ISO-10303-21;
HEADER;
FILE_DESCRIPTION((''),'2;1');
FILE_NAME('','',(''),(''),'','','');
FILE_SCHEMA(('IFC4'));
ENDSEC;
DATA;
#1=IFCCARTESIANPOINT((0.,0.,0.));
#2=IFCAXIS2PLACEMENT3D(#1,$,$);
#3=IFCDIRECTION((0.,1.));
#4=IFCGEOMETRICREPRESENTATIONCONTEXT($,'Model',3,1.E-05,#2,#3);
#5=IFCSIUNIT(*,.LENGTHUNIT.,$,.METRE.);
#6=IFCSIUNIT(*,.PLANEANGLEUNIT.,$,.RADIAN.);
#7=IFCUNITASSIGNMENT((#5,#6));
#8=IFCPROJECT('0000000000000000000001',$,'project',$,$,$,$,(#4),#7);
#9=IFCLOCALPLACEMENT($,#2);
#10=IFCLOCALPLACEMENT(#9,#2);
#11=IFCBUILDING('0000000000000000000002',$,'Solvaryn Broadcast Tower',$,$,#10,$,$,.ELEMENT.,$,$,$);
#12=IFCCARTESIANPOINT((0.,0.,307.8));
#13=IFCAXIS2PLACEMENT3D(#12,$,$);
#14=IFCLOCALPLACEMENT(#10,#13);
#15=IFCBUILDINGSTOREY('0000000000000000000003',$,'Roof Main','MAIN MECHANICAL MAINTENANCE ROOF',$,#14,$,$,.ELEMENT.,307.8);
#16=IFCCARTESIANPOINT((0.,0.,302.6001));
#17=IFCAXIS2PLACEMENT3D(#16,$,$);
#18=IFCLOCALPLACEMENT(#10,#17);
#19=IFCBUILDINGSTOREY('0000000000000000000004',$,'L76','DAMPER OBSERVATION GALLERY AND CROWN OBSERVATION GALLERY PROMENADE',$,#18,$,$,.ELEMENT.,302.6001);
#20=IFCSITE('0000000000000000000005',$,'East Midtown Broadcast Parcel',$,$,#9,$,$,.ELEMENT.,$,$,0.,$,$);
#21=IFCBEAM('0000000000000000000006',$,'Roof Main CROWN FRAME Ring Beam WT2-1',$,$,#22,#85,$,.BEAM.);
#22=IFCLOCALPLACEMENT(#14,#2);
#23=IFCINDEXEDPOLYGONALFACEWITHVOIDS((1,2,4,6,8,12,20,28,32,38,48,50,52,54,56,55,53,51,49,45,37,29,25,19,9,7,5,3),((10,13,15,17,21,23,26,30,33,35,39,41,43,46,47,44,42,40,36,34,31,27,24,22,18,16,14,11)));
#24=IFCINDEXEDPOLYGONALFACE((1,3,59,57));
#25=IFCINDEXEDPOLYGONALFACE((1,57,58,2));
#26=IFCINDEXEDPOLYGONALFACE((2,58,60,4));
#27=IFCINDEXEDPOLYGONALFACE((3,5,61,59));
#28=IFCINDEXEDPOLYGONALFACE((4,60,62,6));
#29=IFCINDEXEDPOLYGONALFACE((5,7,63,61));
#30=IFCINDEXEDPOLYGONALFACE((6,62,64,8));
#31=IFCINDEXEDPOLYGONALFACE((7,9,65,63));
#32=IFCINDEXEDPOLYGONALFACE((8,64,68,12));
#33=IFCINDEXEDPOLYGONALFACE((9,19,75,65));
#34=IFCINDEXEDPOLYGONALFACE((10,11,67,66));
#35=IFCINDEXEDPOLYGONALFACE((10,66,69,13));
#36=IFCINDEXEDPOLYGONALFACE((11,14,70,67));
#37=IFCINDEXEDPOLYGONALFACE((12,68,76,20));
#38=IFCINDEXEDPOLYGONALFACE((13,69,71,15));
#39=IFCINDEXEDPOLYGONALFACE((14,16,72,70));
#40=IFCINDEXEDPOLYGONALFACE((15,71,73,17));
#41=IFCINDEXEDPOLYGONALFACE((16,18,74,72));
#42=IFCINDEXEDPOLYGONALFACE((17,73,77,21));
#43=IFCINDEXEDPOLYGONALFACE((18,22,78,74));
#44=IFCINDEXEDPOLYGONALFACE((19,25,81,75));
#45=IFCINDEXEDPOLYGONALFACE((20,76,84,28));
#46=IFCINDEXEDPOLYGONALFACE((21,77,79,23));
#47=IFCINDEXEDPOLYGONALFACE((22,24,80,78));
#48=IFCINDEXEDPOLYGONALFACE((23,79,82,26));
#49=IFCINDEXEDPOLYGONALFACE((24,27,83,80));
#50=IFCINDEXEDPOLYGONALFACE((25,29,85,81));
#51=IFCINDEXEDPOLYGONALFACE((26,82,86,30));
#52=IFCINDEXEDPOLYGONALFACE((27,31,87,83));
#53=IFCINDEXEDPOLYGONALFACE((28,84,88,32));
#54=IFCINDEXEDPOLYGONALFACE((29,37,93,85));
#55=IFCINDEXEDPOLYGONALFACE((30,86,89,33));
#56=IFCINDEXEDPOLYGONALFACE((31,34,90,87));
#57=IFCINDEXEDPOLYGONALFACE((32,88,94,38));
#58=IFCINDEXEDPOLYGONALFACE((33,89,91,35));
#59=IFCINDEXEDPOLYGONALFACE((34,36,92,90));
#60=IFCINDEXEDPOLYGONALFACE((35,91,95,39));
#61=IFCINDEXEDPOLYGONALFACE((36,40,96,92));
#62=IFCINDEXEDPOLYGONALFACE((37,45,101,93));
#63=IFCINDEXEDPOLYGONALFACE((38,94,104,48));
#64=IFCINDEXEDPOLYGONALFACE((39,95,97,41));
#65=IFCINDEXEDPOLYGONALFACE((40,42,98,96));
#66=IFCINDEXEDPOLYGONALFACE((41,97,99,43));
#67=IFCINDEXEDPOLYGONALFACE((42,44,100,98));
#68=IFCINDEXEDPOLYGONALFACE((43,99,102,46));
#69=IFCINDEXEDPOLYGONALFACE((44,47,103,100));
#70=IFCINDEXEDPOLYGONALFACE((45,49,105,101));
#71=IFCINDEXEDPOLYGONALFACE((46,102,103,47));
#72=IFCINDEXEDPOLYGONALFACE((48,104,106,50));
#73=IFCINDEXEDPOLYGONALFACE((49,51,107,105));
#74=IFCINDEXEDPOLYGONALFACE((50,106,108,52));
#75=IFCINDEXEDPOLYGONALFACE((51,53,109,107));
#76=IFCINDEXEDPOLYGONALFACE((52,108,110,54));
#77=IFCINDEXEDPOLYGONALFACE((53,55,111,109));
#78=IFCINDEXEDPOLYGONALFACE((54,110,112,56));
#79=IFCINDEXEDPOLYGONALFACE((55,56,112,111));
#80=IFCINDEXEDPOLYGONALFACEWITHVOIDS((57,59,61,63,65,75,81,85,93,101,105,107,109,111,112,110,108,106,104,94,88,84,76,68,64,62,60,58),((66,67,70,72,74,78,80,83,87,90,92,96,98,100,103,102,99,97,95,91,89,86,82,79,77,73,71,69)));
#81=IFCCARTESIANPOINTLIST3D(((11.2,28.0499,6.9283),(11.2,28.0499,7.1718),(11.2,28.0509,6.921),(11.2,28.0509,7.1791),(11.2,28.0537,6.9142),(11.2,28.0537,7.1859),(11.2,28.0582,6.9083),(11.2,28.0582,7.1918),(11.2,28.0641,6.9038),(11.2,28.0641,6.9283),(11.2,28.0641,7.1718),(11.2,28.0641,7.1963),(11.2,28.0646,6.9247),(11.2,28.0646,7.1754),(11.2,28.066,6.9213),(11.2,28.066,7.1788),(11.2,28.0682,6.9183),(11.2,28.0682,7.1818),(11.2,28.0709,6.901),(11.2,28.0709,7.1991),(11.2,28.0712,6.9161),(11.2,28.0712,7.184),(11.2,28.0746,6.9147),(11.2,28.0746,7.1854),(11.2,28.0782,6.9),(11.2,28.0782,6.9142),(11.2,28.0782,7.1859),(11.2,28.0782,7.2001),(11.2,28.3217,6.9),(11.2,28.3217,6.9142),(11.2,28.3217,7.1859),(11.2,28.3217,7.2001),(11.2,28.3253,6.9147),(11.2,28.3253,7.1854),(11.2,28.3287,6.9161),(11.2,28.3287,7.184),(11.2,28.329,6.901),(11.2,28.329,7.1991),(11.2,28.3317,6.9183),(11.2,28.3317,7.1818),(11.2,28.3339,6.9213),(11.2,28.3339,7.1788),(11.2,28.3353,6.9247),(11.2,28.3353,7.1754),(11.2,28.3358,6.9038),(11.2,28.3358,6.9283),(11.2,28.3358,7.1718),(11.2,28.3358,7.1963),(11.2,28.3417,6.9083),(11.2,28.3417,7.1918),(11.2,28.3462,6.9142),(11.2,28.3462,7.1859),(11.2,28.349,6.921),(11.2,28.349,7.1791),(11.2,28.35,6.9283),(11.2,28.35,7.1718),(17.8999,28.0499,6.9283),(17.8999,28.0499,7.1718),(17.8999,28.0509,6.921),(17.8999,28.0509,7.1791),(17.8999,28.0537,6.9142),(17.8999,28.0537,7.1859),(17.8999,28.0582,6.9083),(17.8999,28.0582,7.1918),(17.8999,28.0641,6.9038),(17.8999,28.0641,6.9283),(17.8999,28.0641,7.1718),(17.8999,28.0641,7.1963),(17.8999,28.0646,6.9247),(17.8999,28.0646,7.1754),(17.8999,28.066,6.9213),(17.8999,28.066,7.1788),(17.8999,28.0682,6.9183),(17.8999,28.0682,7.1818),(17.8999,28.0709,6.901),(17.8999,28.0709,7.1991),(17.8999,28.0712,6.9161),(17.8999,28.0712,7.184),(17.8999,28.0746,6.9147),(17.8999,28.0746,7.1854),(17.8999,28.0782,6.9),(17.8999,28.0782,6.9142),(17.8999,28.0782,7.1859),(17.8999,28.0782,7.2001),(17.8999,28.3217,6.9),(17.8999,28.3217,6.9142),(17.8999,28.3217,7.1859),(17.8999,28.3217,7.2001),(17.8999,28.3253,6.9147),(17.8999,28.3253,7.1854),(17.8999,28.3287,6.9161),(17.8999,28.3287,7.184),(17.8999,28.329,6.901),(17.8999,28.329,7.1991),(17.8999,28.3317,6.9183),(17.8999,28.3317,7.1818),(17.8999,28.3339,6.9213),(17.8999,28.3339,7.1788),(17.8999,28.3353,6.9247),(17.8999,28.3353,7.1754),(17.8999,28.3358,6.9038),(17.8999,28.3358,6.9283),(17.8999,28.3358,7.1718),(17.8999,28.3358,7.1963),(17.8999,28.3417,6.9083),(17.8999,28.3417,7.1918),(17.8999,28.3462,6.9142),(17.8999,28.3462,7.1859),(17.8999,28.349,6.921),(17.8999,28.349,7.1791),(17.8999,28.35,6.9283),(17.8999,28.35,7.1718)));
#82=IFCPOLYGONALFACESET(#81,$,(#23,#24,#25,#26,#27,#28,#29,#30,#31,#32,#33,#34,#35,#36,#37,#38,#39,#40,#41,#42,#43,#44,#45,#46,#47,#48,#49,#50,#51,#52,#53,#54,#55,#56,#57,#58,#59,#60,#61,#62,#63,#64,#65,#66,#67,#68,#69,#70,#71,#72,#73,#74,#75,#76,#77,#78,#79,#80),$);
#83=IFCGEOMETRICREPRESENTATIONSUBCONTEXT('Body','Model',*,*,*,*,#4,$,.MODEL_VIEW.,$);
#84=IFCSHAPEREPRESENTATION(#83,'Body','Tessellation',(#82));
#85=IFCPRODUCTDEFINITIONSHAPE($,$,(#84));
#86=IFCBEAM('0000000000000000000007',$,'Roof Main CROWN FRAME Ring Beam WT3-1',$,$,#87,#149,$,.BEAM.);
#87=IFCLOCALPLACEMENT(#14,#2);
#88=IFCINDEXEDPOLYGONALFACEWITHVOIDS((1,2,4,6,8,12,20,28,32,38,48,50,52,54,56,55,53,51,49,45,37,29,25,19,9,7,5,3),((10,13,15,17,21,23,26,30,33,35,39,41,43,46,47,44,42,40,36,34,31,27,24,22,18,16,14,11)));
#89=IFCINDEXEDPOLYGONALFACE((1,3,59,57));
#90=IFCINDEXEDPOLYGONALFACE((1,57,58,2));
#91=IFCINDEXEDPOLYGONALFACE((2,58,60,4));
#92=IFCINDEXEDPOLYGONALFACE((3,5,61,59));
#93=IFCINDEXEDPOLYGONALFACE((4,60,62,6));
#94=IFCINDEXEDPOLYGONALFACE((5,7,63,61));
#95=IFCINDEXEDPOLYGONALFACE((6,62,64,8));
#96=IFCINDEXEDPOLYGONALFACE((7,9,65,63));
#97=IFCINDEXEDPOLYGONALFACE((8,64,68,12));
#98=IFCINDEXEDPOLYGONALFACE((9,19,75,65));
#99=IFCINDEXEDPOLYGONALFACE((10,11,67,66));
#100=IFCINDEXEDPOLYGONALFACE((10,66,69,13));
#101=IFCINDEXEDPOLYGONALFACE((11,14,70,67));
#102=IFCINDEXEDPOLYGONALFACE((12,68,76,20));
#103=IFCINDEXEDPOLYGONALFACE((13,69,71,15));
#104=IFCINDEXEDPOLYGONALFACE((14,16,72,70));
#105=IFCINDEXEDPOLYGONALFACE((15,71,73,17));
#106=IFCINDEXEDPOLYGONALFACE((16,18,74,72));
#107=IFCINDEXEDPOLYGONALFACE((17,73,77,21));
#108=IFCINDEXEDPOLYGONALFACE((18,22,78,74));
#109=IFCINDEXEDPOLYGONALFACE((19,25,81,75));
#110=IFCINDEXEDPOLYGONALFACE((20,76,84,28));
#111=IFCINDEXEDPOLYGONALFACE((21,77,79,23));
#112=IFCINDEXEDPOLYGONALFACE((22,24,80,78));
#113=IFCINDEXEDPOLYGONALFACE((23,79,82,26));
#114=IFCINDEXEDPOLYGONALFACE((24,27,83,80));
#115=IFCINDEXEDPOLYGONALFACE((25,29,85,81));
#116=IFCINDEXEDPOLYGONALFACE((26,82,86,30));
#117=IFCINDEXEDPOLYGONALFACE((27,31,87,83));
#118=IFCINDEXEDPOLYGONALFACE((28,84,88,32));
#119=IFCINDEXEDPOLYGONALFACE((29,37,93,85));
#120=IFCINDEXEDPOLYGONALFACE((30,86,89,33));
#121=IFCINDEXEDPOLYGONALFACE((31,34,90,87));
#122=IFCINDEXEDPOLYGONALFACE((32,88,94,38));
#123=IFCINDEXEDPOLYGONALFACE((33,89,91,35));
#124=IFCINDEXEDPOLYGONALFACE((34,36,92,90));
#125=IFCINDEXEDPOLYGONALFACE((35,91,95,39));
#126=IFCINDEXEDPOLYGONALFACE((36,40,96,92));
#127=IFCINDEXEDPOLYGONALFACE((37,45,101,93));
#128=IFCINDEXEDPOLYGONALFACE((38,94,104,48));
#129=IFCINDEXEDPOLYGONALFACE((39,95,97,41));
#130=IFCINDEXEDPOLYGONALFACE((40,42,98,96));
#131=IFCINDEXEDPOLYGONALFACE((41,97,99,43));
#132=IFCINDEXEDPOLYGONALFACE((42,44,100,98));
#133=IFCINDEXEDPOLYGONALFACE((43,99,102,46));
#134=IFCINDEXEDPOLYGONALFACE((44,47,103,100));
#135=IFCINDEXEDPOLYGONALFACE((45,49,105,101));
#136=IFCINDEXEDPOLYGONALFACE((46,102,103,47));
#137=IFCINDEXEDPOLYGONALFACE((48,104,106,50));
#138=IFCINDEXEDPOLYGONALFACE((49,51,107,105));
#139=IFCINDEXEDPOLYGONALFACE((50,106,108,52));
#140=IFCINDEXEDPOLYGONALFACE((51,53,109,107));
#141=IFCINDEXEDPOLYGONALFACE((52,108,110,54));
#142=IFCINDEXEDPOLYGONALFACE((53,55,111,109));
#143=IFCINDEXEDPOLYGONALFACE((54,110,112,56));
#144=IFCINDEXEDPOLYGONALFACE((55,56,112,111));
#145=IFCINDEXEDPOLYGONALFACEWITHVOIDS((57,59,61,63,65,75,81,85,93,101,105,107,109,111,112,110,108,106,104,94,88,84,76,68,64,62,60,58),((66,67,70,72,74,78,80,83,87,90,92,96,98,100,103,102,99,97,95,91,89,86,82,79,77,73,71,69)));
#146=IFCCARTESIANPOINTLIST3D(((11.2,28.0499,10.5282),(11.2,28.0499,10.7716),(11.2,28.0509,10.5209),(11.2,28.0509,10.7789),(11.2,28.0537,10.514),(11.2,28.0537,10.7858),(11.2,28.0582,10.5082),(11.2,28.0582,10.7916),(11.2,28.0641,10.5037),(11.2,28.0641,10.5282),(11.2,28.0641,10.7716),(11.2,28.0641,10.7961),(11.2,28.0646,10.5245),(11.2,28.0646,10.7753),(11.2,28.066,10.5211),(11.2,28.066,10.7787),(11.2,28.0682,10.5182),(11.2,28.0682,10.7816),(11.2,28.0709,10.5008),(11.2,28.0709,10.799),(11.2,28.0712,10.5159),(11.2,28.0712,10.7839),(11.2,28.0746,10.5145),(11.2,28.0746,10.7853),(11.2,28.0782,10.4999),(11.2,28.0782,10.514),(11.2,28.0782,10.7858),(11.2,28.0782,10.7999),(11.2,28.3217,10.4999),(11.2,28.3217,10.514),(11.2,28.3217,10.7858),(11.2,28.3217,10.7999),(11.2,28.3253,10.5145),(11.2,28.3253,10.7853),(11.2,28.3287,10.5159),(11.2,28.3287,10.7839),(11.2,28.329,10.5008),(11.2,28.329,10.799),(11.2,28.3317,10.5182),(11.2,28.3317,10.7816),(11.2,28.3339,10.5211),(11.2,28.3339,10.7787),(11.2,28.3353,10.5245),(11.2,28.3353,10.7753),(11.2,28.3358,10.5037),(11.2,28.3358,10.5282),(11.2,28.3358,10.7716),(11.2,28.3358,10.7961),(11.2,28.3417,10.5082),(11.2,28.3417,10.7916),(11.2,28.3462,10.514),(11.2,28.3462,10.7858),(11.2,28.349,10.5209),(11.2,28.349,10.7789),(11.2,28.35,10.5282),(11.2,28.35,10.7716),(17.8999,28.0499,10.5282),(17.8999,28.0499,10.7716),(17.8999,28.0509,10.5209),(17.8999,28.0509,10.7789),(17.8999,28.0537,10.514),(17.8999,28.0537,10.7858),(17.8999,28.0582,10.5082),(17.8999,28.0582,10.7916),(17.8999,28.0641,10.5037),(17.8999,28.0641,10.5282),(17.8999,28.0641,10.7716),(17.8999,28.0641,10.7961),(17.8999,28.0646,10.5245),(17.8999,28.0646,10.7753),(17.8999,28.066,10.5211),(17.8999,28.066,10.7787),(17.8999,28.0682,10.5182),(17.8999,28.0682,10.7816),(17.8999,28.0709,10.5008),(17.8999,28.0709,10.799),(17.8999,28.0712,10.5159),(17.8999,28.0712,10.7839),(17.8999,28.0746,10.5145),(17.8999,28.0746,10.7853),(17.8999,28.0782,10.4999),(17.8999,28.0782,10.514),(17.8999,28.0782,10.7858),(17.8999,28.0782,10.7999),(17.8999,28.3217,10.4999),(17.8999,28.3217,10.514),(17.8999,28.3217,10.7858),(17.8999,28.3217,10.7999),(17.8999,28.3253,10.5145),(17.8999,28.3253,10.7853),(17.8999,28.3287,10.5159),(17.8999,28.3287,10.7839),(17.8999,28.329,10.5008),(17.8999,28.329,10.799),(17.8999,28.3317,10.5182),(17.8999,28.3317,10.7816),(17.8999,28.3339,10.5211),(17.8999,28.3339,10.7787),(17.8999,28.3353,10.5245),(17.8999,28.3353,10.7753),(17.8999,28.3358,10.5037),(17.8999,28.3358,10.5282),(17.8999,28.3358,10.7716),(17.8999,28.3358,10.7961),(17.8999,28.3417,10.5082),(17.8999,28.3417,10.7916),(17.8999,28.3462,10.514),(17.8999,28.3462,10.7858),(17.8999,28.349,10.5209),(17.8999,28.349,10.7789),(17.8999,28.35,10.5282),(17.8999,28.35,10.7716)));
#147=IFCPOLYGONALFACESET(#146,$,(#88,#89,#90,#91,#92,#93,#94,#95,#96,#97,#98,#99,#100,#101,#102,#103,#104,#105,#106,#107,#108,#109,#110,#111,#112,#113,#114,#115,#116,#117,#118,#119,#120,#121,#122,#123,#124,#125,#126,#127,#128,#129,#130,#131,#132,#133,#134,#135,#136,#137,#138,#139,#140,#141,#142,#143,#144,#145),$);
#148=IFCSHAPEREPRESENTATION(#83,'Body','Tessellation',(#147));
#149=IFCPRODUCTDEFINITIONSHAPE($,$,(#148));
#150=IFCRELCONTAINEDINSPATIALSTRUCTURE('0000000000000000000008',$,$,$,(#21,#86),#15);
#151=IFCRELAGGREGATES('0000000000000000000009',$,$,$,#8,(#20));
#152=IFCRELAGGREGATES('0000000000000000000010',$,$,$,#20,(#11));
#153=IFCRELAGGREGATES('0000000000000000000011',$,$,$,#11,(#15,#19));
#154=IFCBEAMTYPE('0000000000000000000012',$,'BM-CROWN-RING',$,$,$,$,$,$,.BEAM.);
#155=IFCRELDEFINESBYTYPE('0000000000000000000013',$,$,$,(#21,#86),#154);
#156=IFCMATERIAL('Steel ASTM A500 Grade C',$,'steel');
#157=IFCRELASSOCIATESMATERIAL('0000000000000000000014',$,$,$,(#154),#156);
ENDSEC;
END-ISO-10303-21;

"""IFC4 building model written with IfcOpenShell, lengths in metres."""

from ifc_helpers import new_model, si_unit, direction, frame, origin, origin_2d, place, context, subcontext, project, spatial, hollow_rectangle, extrude, material, material_profile, profile_set, type_object, element, save


model = new_model("IFC4")

# Units and contexts
model_context = context("Model", 3, precision=1e-05, world=origin(), true_north=direction((0.0, 1.0)))
body_context = subcontext(model_context, "Body", "Model", "MODEL_VIEW")
ifc_project = project(units=[si_unit("LENGTHUNIT", "METRE"), si_unit("PLANEANGLEUNIT", "RADIAN")], contexts=[model_context])

# Site, building, storey
site_placement = place(None, origin())
site = spatial("IfcSite", under=ifc_project, at=site_placement, Name="East Midtown Broadcast Parcel", CompositionType="ELEMENT", RefElevation=0.0)
building_placement = place(site_placement, origin())
building = spatial("IfcBuilding", under=site, at=building_placement, Name="Solvaryn Broadcast Tower", CompositionType="ELEMENT")
storey_1_placement = place(building_placement, frame((0.0, 0.0, 307.8)))
storey_1 = spatial("IfcBuildingStorey", under=building, at=storey_1_placement, Name="Roof Main", Description="MAIN MECHANICAL MAINTENANCE ROOF", CompositionType="ELEMENT", Elevation=307.8)

# Beams
ifc_material_1 = material(Name="Steel ASTM A500 Grade C", Category="steel")
ifc_material_profile_1 = material_profile(ifc_material_1, hollow_rectangle(XDim=0.3, YDim=0.3, WallThickness=0.0142, InnerFilletRadius=0.0142, OuterFilletRadius=0.0283, at=origin_2d()))
ifc_profile_set_1 = profile_set([ifc_material_profile_1], Name="Steel ASTM A500 Grade C")
beam_type = type_object("IfcBeamType", Name="BM-CROWN-RING", PredefinedType="BEAM", material=ifc_profile_set_1)
for number, where, z_axis, x_axis, name in (
    (1, (11.2, 28.2, 7.05), (1.0, 0.0, 0.0), (0.0, 1.0, 0.0), "Roof Main CROWN FRAME Ring Beam WT2-1"),
    (2, (11.2, 28.2, 10.6499), (1.0, 0.0, 0.0), (0.0, 1.0, 0.0), "Roof Main CROWN FRAME Ring Beam WT3-1"),
):
    element("IfcBeam", number, at=place(storey_1_placement, frame(where, z_axis=z_axis, x_axis=x_axis)), inside=storey_1, type_object=beam_type, Name=name, PredefinedType="BEAM", context=body_context, shape_type="SweptSolid", body=[
        extrude(hollow_rectangle(XDim=0.3, YDim=0.3, WallThickness=0.0142, InnerFilletRadius=0.0142, OuterFilletRadius=0.0283, at=origin_2d()), origin(), (0.0, 0.0, 1.0), 6.7),
    ])

# Shared definitions
storey_2_placement = place(building_placement, frame((0.0, 0.0, 302.6001)))
storey_2 = spatial("IfcBuildingStorey", under=building, at=storey_2_placement, Name="L76", Description="DAMPER OBSERVATION GALLERY AND CROWN OBSERVATION GALLERY PROMENADE", CompositionType="ELEMENT", Elevation=302.6001)

save(model, "model.ifc")
